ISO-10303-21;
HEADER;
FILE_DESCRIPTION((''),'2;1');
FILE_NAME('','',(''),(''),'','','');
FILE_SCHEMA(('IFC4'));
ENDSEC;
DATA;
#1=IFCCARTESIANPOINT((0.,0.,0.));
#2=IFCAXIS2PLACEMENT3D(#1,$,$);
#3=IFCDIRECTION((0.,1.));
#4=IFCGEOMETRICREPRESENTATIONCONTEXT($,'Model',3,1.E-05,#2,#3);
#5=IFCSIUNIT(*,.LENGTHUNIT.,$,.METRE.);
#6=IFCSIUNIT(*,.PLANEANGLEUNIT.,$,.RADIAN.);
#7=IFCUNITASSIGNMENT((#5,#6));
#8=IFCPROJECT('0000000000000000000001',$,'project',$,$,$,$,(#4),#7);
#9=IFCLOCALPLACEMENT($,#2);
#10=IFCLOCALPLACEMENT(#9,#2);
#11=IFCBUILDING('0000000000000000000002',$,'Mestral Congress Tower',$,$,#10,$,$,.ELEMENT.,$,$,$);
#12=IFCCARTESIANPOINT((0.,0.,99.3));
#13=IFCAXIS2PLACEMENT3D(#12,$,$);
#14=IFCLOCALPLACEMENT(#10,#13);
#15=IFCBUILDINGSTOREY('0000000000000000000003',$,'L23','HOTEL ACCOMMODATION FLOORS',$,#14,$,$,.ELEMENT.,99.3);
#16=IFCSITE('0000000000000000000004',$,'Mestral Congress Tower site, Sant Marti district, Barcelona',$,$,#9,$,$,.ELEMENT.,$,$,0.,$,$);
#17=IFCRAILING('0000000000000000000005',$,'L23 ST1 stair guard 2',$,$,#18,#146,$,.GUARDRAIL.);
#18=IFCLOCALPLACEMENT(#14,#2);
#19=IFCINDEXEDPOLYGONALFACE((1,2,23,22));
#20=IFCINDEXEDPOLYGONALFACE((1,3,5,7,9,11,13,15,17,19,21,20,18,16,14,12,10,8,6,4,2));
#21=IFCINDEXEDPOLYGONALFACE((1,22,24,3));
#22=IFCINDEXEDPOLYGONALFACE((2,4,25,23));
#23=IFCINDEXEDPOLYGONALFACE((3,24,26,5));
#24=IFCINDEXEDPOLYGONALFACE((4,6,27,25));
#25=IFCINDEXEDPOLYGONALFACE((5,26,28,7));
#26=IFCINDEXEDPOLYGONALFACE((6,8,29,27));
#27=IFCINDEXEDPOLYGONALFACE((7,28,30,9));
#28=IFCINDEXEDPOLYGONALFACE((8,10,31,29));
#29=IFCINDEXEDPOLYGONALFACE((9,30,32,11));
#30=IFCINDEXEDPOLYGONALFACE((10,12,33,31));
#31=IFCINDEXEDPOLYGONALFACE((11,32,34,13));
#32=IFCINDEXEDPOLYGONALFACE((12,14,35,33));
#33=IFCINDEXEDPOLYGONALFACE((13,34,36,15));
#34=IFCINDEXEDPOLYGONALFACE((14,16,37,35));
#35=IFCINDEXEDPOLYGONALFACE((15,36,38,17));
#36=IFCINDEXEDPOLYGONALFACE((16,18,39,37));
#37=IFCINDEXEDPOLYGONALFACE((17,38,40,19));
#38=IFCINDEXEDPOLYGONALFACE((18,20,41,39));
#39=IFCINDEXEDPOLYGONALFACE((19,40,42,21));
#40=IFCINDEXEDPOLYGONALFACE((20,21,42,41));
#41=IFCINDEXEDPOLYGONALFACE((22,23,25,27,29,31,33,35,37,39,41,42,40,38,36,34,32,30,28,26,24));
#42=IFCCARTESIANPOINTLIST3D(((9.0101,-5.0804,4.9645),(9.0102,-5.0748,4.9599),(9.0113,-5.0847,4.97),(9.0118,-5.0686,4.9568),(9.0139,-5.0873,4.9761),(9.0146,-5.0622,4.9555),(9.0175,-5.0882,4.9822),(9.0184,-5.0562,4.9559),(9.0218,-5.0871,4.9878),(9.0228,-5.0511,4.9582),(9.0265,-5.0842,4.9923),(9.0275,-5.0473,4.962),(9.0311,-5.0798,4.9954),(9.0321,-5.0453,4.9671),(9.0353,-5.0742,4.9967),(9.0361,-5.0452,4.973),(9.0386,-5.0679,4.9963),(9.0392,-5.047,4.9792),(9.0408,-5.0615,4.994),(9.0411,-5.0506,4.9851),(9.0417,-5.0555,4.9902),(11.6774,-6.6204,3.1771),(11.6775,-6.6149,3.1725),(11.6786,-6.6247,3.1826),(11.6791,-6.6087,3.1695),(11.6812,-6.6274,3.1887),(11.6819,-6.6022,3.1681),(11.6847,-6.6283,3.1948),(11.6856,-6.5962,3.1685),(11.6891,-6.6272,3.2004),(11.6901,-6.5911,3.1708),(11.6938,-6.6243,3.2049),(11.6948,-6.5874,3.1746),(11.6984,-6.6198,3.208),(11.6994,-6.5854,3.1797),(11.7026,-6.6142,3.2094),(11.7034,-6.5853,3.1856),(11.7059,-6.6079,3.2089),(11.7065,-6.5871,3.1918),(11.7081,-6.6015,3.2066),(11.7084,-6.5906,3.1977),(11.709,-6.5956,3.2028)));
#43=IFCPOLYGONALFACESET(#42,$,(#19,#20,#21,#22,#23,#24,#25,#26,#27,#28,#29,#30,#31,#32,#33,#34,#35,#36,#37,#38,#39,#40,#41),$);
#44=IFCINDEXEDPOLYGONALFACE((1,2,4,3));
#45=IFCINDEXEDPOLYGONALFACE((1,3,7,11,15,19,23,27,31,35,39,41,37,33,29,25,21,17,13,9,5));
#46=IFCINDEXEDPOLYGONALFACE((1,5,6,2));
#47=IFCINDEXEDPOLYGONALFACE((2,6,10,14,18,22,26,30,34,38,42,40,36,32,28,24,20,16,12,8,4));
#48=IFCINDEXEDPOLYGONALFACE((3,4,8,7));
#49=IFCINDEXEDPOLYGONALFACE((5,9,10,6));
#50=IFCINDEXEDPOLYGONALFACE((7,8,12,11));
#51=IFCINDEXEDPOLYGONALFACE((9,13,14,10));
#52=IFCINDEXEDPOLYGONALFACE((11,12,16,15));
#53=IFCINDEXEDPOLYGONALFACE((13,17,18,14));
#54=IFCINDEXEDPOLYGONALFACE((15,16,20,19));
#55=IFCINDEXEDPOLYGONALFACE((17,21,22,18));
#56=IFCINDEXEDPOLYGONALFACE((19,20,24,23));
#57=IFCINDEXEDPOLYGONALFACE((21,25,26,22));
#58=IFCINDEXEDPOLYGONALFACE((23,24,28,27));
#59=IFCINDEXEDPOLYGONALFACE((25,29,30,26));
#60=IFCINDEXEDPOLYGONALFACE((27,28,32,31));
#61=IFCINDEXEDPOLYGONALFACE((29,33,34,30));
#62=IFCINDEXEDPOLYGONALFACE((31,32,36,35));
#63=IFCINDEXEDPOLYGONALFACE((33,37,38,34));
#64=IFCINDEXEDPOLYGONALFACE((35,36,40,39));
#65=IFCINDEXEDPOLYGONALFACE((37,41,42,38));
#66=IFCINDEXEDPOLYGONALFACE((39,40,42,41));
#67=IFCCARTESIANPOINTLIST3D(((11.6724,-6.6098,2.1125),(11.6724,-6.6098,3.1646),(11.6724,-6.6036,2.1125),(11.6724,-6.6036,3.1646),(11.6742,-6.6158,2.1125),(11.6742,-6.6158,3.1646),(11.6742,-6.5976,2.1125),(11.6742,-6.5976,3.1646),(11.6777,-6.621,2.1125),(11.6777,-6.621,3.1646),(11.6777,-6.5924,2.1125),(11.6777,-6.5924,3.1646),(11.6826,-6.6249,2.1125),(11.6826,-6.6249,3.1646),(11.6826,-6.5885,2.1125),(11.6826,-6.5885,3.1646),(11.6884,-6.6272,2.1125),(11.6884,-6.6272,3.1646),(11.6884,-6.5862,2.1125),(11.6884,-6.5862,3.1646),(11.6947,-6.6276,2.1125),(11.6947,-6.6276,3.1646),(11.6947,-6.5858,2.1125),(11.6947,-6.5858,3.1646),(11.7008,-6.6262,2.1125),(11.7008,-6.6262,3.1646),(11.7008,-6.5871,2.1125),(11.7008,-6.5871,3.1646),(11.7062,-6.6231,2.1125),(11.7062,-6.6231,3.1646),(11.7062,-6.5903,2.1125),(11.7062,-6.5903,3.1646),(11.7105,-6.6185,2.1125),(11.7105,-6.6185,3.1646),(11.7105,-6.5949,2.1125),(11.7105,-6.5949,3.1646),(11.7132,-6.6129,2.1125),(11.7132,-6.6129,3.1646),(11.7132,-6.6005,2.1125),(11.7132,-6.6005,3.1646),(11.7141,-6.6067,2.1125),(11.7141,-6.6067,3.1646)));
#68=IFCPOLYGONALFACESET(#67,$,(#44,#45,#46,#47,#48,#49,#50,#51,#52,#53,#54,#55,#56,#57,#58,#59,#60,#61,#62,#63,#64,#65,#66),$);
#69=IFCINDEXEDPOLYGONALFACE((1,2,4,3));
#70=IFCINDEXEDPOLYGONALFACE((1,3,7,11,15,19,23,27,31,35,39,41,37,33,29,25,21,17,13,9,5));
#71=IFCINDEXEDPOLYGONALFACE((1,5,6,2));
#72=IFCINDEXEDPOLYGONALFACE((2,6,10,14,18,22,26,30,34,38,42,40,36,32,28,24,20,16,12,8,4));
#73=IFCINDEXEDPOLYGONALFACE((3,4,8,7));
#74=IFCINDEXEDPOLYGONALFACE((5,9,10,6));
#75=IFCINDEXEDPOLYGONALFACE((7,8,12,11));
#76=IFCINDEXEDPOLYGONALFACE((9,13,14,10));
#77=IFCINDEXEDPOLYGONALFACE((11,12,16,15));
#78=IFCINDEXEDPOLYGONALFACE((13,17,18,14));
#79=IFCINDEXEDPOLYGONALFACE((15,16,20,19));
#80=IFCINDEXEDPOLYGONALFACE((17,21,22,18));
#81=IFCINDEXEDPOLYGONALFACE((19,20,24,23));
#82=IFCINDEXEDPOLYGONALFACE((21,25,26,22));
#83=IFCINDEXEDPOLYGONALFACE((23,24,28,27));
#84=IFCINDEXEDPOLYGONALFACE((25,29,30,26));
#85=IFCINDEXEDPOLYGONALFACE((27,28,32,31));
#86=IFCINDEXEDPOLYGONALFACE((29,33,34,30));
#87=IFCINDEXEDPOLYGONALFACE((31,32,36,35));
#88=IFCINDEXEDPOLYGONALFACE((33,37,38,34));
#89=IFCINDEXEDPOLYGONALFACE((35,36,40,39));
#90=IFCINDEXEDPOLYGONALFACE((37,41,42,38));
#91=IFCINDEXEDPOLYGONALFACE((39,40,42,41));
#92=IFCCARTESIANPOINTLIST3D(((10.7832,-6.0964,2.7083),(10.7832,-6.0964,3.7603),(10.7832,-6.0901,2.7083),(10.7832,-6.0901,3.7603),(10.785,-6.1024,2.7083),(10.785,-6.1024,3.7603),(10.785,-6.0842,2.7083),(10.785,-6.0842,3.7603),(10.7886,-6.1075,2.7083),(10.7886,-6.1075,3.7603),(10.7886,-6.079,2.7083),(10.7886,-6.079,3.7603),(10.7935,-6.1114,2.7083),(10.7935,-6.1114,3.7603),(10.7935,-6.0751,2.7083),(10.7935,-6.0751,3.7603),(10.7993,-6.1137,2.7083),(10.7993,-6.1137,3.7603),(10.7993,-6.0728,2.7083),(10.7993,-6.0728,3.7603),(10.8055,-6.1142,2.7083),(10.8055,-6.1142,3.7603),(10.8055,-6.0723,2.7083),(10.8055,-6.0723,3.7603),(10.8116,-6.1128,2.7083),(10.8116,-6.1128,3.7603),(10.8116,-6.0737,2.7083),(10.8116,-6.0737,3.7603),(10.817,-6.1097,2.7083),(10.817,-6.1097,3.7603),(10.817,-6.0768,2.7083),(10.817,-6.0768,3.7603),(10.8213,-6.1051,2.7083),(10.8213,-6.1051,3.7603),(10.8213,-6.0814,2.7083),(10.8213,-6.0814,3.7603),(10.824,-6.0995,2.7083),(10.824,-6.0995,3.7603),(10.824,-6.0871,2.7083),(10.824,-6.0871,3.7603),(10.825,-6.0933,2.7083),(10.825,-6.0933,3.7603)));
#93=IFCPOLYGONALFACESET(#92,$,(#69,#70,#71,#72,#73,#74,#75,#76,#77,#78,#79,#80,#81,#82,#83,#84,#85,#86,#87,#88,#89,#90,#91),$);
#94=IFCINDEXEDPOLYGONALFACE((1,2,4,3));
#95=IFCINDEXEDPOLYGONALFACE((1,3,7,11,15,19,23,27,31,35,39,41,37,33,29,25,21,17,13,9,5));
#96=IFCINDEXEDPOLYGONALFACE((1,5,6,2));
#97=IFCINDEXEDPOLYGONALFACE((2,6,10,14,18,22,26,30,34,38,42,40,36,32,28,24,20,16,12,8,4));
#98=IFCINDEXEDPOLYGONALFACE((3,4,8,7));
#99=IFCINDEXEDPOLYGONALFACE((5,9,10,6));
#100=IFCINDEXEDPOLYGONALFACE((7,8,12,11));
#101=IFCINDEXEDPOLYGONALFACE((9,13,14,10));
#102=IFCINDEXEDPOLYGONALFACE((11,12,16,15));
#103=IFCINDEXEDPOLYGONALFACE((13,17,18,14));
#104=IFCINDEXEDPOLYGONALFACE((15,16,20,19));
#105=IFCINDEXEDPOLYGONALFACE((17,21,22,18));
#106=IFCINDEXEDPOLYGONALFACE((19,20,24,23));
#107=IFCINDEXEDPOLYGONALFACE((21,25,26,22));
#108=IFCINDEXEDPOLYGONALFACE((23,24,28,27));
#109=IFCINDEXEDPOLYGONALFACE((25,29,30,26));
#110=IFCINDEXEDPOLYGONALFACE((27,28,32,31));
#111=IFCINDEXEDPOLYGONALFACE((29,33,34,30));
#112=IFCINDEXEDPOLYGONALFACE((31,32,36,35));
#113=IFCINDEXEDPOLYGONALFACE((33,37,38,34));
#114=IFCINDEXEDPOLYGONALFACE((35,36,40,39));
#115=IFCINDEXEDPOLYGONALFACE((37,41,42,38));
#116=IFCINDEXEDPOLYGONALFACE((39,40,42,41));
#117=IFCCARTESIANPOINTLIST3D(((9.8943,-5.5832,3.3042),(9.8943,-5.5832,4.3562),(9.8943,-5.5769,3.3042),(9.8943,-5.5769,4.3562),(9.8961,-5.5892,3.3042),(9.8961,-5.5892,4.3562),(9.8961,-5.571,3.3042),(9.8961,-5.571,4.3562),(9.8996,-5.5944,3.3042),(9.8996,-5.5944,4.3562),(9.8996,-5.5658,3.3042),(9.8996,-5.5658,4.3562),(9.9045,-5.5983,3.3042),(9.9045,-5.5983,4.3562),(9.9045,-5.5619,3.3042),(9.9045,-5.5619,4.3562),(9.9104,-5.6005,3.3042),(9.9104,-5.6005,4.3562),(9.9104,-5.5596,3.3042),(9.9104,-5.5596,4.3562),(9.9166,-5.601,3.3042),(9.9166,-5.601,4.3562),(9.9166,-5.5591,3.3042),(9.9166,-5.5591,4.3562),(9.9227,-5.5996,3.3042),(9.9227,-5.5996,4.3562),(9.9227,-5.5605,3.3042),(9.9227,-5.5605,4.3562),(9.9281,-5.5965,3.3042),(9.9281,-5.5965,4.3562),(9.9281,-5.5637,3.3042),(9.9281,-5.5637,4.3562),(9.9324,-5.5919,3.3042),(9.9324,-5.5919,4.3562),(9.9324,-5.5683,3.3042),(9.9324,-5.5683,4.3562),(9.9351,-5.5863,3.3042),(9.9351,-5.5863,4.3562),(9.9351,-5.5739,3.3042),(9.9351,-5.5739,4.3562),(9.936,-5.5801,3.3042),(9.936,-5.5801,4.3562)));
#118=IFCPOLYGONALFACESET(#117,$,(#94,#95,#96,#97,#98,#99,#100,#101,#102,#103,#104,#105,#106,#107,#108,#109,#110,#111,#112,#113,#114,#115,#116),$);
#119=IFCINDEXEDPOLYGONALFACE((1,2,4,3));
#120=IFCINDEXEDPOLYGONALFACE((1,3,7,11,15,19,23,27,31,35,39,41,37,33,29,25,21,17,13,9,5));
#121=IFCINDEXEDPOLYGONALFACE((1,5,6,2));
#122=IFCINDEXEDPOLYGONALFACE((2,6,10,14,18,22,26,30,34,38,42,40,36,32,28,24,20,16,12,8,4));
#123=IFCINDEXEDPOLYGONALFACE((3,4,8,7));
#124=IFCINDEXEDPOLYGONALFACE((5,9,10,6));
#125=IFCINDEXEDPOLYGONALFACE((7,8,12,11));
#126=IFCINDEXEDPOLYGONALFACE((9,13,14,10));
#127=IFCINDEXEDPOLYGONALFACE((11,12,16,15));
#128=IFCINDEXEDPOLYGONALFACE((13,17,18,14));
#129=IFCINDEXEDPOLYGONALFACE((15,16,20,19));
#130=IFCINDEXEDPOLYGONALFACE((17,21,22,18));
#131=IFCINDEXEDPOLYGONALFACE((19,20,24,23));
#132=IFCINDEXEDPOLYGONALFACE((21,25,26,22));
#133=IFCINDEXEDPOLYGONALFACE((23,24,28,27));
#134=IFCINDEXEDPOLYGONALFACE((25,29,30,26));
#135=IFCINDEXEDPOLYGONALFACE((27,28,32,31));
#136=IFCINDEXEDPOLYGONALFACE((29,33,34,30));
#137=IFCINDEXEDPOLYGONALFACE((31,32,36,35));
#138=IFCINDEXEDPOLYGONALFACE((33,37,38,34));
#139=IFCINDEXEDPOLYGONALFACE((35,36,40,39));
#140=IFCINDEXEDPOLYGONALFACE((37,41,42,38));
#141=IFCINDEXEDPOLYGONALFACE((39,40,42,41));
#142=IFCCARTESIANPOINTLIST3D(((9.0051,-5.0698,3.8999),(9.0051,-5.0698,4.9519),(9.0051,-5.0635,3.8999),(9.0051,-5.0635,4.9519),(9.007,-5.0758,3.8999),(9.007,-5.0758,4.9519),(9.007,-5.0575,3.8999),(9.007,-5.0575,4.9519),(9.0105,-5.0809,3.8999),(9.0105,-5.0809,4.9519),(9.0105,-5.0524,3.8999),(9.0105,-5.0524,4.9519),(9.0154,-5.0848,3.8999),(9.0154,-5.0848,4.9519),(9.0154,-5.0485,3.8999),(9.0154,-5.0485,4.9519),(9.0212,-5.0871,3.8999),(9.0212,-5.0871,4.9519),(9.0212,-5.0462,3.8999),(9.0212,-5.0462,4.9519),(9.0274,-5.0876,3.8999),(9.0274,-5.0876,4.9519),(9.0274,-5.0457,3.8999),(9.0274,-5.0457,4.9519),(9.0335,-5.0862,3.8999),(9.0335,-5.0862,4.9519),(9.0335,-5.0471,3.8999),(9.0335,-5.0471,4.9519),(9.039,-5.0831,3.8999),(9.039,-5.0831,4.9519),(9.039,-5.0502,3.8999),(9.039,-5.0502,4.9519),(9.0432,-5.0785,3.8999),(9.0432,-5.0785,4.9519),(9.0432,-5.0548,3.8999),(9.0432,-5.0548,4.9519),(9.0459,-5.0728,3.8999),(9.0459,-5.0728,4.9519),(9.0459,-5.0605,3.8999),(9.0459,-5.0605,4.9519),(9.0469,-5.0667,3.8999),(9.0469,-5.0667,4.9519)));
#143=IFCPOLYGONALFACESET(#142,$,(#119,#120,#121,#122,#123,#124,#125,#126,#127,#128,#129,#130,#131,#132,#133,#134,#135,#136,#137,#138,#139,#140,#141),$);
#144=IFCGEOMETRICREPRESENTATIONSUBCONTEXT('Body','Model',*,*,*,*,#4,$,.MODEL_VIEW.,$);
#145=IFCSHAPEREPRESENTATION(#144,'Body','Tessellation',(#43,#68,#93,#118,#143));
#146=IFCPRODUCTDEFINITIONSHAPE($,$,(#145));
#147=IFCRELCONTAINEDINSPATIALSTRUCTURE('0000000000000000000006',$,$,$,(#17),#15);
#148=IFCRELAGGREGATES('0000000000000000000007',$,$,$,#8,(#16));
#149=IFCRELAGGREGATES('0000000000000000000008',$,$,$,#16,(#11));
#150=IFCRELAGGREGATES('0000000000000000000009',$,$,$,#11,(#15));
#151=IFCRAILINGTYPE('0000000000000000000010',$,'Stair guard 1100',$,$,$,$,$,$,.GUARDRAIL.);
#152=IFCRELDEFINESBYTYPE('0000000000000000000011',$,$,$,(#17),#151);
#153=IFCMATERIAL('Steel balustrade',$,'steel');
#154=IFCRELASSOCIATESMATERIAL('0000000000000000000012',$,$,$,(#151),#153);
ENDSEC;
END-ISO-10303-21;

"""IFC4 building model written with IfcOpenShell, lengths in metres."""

from ifc_helpers import new_model, si_unit, direction, frame, origin, origin_2d, place, context, subcontext, project, spatial, circle, extrude, material, type_object, element, save


model = new_model("IFC4")

# Units and contexts
model_context = context("Model", 3, precision=1e-05, world=origin(), true_north=direction((0.0, 1.0)))
body_context = subcontext(model_context, "Body", "Model", "MODEL_VIEW")
ifc_project = project(units=[si_unit("LENGTHUNIT", "METRE"), si_unit("PLANEANGLEUNIT", "RADIAN")], contexts=[model_context])

# Site, building, storey
site_placement = place(None, origin())
site = spatial("IfcSite", under=ifc_project, at=site_placement, Name="Mestral Congress Tower site, Sant Marti district, Barcelona", CompositionType="ELEMENT", RefElevation=0.0)
building_placement = place(site_placement, origin())
building = spatial("IfcBuilding", under=site, at=building_placement, Name="Mestral Congress Tower", CompositionType="ELEMENT")
storey_placement = place(building_placement, frame((0.0, 0.0, 99.3)))
storey = spatial("IfcBuildingStorey", under=building, at=storey_placement, Name="L23", Description="HOTEL ACCOMMODATION FLOORS", CompositionType="ELEMENT", Elevation=99.3)

# Railing
ifc_material_1 = material(Name="Steel balustrade", Category="steel")
railing_type_1 = type_object("IfcRailingType", Name="Stair guard 1100", PredefinedType="GUARDRAIL", material=ifc_material_1)
railing_1_placement = place(storey_placement, frame((11.6931, -6.6067, 2.1125)))
element("IfcRailing", 1, at=railing_1_placement, inside=storey, type_object=railing_type_1, Name="L23 ST1 stair guard 2", PredefinedType="GUARDRAIL", context=body_context, shape_type="SweptSolid", body=[
    extrude(circle(Radius=0.0239, at=origin_2d()), frame((0.0, 0.0, 1.0762), z_axis=(-0.74902, 0.432477, 0.501929), x_axis=(-0.500027, -0.86601, 0.0)), (0.0, 0.0, 1.0), 3.561),
    extrude(circle(Radius=0.021, at=origin_2d()), origin(), (0.0, 0.0, 1.0), 1.052),
    extrude(circle(Radius=0.021, at=origin_2d()), frame((-0.8892, 0.5134, 0.5957)), (0.0, 0.0, 1.0), 1.052),
    extrude(circle(Radius=0.021, at=origin_2d()), frame((-1.7781, 1.0266, 1.1917)), (0.0, 0.0, 1.0), 1.052),
    extrude(circle(Radius=0.021, at=origin_2d()), frame((-2.6672, 1.54, 1.7874)), (0.0, 0.0, 1.0), 1.052),
])

save(model, "model.ifc")
